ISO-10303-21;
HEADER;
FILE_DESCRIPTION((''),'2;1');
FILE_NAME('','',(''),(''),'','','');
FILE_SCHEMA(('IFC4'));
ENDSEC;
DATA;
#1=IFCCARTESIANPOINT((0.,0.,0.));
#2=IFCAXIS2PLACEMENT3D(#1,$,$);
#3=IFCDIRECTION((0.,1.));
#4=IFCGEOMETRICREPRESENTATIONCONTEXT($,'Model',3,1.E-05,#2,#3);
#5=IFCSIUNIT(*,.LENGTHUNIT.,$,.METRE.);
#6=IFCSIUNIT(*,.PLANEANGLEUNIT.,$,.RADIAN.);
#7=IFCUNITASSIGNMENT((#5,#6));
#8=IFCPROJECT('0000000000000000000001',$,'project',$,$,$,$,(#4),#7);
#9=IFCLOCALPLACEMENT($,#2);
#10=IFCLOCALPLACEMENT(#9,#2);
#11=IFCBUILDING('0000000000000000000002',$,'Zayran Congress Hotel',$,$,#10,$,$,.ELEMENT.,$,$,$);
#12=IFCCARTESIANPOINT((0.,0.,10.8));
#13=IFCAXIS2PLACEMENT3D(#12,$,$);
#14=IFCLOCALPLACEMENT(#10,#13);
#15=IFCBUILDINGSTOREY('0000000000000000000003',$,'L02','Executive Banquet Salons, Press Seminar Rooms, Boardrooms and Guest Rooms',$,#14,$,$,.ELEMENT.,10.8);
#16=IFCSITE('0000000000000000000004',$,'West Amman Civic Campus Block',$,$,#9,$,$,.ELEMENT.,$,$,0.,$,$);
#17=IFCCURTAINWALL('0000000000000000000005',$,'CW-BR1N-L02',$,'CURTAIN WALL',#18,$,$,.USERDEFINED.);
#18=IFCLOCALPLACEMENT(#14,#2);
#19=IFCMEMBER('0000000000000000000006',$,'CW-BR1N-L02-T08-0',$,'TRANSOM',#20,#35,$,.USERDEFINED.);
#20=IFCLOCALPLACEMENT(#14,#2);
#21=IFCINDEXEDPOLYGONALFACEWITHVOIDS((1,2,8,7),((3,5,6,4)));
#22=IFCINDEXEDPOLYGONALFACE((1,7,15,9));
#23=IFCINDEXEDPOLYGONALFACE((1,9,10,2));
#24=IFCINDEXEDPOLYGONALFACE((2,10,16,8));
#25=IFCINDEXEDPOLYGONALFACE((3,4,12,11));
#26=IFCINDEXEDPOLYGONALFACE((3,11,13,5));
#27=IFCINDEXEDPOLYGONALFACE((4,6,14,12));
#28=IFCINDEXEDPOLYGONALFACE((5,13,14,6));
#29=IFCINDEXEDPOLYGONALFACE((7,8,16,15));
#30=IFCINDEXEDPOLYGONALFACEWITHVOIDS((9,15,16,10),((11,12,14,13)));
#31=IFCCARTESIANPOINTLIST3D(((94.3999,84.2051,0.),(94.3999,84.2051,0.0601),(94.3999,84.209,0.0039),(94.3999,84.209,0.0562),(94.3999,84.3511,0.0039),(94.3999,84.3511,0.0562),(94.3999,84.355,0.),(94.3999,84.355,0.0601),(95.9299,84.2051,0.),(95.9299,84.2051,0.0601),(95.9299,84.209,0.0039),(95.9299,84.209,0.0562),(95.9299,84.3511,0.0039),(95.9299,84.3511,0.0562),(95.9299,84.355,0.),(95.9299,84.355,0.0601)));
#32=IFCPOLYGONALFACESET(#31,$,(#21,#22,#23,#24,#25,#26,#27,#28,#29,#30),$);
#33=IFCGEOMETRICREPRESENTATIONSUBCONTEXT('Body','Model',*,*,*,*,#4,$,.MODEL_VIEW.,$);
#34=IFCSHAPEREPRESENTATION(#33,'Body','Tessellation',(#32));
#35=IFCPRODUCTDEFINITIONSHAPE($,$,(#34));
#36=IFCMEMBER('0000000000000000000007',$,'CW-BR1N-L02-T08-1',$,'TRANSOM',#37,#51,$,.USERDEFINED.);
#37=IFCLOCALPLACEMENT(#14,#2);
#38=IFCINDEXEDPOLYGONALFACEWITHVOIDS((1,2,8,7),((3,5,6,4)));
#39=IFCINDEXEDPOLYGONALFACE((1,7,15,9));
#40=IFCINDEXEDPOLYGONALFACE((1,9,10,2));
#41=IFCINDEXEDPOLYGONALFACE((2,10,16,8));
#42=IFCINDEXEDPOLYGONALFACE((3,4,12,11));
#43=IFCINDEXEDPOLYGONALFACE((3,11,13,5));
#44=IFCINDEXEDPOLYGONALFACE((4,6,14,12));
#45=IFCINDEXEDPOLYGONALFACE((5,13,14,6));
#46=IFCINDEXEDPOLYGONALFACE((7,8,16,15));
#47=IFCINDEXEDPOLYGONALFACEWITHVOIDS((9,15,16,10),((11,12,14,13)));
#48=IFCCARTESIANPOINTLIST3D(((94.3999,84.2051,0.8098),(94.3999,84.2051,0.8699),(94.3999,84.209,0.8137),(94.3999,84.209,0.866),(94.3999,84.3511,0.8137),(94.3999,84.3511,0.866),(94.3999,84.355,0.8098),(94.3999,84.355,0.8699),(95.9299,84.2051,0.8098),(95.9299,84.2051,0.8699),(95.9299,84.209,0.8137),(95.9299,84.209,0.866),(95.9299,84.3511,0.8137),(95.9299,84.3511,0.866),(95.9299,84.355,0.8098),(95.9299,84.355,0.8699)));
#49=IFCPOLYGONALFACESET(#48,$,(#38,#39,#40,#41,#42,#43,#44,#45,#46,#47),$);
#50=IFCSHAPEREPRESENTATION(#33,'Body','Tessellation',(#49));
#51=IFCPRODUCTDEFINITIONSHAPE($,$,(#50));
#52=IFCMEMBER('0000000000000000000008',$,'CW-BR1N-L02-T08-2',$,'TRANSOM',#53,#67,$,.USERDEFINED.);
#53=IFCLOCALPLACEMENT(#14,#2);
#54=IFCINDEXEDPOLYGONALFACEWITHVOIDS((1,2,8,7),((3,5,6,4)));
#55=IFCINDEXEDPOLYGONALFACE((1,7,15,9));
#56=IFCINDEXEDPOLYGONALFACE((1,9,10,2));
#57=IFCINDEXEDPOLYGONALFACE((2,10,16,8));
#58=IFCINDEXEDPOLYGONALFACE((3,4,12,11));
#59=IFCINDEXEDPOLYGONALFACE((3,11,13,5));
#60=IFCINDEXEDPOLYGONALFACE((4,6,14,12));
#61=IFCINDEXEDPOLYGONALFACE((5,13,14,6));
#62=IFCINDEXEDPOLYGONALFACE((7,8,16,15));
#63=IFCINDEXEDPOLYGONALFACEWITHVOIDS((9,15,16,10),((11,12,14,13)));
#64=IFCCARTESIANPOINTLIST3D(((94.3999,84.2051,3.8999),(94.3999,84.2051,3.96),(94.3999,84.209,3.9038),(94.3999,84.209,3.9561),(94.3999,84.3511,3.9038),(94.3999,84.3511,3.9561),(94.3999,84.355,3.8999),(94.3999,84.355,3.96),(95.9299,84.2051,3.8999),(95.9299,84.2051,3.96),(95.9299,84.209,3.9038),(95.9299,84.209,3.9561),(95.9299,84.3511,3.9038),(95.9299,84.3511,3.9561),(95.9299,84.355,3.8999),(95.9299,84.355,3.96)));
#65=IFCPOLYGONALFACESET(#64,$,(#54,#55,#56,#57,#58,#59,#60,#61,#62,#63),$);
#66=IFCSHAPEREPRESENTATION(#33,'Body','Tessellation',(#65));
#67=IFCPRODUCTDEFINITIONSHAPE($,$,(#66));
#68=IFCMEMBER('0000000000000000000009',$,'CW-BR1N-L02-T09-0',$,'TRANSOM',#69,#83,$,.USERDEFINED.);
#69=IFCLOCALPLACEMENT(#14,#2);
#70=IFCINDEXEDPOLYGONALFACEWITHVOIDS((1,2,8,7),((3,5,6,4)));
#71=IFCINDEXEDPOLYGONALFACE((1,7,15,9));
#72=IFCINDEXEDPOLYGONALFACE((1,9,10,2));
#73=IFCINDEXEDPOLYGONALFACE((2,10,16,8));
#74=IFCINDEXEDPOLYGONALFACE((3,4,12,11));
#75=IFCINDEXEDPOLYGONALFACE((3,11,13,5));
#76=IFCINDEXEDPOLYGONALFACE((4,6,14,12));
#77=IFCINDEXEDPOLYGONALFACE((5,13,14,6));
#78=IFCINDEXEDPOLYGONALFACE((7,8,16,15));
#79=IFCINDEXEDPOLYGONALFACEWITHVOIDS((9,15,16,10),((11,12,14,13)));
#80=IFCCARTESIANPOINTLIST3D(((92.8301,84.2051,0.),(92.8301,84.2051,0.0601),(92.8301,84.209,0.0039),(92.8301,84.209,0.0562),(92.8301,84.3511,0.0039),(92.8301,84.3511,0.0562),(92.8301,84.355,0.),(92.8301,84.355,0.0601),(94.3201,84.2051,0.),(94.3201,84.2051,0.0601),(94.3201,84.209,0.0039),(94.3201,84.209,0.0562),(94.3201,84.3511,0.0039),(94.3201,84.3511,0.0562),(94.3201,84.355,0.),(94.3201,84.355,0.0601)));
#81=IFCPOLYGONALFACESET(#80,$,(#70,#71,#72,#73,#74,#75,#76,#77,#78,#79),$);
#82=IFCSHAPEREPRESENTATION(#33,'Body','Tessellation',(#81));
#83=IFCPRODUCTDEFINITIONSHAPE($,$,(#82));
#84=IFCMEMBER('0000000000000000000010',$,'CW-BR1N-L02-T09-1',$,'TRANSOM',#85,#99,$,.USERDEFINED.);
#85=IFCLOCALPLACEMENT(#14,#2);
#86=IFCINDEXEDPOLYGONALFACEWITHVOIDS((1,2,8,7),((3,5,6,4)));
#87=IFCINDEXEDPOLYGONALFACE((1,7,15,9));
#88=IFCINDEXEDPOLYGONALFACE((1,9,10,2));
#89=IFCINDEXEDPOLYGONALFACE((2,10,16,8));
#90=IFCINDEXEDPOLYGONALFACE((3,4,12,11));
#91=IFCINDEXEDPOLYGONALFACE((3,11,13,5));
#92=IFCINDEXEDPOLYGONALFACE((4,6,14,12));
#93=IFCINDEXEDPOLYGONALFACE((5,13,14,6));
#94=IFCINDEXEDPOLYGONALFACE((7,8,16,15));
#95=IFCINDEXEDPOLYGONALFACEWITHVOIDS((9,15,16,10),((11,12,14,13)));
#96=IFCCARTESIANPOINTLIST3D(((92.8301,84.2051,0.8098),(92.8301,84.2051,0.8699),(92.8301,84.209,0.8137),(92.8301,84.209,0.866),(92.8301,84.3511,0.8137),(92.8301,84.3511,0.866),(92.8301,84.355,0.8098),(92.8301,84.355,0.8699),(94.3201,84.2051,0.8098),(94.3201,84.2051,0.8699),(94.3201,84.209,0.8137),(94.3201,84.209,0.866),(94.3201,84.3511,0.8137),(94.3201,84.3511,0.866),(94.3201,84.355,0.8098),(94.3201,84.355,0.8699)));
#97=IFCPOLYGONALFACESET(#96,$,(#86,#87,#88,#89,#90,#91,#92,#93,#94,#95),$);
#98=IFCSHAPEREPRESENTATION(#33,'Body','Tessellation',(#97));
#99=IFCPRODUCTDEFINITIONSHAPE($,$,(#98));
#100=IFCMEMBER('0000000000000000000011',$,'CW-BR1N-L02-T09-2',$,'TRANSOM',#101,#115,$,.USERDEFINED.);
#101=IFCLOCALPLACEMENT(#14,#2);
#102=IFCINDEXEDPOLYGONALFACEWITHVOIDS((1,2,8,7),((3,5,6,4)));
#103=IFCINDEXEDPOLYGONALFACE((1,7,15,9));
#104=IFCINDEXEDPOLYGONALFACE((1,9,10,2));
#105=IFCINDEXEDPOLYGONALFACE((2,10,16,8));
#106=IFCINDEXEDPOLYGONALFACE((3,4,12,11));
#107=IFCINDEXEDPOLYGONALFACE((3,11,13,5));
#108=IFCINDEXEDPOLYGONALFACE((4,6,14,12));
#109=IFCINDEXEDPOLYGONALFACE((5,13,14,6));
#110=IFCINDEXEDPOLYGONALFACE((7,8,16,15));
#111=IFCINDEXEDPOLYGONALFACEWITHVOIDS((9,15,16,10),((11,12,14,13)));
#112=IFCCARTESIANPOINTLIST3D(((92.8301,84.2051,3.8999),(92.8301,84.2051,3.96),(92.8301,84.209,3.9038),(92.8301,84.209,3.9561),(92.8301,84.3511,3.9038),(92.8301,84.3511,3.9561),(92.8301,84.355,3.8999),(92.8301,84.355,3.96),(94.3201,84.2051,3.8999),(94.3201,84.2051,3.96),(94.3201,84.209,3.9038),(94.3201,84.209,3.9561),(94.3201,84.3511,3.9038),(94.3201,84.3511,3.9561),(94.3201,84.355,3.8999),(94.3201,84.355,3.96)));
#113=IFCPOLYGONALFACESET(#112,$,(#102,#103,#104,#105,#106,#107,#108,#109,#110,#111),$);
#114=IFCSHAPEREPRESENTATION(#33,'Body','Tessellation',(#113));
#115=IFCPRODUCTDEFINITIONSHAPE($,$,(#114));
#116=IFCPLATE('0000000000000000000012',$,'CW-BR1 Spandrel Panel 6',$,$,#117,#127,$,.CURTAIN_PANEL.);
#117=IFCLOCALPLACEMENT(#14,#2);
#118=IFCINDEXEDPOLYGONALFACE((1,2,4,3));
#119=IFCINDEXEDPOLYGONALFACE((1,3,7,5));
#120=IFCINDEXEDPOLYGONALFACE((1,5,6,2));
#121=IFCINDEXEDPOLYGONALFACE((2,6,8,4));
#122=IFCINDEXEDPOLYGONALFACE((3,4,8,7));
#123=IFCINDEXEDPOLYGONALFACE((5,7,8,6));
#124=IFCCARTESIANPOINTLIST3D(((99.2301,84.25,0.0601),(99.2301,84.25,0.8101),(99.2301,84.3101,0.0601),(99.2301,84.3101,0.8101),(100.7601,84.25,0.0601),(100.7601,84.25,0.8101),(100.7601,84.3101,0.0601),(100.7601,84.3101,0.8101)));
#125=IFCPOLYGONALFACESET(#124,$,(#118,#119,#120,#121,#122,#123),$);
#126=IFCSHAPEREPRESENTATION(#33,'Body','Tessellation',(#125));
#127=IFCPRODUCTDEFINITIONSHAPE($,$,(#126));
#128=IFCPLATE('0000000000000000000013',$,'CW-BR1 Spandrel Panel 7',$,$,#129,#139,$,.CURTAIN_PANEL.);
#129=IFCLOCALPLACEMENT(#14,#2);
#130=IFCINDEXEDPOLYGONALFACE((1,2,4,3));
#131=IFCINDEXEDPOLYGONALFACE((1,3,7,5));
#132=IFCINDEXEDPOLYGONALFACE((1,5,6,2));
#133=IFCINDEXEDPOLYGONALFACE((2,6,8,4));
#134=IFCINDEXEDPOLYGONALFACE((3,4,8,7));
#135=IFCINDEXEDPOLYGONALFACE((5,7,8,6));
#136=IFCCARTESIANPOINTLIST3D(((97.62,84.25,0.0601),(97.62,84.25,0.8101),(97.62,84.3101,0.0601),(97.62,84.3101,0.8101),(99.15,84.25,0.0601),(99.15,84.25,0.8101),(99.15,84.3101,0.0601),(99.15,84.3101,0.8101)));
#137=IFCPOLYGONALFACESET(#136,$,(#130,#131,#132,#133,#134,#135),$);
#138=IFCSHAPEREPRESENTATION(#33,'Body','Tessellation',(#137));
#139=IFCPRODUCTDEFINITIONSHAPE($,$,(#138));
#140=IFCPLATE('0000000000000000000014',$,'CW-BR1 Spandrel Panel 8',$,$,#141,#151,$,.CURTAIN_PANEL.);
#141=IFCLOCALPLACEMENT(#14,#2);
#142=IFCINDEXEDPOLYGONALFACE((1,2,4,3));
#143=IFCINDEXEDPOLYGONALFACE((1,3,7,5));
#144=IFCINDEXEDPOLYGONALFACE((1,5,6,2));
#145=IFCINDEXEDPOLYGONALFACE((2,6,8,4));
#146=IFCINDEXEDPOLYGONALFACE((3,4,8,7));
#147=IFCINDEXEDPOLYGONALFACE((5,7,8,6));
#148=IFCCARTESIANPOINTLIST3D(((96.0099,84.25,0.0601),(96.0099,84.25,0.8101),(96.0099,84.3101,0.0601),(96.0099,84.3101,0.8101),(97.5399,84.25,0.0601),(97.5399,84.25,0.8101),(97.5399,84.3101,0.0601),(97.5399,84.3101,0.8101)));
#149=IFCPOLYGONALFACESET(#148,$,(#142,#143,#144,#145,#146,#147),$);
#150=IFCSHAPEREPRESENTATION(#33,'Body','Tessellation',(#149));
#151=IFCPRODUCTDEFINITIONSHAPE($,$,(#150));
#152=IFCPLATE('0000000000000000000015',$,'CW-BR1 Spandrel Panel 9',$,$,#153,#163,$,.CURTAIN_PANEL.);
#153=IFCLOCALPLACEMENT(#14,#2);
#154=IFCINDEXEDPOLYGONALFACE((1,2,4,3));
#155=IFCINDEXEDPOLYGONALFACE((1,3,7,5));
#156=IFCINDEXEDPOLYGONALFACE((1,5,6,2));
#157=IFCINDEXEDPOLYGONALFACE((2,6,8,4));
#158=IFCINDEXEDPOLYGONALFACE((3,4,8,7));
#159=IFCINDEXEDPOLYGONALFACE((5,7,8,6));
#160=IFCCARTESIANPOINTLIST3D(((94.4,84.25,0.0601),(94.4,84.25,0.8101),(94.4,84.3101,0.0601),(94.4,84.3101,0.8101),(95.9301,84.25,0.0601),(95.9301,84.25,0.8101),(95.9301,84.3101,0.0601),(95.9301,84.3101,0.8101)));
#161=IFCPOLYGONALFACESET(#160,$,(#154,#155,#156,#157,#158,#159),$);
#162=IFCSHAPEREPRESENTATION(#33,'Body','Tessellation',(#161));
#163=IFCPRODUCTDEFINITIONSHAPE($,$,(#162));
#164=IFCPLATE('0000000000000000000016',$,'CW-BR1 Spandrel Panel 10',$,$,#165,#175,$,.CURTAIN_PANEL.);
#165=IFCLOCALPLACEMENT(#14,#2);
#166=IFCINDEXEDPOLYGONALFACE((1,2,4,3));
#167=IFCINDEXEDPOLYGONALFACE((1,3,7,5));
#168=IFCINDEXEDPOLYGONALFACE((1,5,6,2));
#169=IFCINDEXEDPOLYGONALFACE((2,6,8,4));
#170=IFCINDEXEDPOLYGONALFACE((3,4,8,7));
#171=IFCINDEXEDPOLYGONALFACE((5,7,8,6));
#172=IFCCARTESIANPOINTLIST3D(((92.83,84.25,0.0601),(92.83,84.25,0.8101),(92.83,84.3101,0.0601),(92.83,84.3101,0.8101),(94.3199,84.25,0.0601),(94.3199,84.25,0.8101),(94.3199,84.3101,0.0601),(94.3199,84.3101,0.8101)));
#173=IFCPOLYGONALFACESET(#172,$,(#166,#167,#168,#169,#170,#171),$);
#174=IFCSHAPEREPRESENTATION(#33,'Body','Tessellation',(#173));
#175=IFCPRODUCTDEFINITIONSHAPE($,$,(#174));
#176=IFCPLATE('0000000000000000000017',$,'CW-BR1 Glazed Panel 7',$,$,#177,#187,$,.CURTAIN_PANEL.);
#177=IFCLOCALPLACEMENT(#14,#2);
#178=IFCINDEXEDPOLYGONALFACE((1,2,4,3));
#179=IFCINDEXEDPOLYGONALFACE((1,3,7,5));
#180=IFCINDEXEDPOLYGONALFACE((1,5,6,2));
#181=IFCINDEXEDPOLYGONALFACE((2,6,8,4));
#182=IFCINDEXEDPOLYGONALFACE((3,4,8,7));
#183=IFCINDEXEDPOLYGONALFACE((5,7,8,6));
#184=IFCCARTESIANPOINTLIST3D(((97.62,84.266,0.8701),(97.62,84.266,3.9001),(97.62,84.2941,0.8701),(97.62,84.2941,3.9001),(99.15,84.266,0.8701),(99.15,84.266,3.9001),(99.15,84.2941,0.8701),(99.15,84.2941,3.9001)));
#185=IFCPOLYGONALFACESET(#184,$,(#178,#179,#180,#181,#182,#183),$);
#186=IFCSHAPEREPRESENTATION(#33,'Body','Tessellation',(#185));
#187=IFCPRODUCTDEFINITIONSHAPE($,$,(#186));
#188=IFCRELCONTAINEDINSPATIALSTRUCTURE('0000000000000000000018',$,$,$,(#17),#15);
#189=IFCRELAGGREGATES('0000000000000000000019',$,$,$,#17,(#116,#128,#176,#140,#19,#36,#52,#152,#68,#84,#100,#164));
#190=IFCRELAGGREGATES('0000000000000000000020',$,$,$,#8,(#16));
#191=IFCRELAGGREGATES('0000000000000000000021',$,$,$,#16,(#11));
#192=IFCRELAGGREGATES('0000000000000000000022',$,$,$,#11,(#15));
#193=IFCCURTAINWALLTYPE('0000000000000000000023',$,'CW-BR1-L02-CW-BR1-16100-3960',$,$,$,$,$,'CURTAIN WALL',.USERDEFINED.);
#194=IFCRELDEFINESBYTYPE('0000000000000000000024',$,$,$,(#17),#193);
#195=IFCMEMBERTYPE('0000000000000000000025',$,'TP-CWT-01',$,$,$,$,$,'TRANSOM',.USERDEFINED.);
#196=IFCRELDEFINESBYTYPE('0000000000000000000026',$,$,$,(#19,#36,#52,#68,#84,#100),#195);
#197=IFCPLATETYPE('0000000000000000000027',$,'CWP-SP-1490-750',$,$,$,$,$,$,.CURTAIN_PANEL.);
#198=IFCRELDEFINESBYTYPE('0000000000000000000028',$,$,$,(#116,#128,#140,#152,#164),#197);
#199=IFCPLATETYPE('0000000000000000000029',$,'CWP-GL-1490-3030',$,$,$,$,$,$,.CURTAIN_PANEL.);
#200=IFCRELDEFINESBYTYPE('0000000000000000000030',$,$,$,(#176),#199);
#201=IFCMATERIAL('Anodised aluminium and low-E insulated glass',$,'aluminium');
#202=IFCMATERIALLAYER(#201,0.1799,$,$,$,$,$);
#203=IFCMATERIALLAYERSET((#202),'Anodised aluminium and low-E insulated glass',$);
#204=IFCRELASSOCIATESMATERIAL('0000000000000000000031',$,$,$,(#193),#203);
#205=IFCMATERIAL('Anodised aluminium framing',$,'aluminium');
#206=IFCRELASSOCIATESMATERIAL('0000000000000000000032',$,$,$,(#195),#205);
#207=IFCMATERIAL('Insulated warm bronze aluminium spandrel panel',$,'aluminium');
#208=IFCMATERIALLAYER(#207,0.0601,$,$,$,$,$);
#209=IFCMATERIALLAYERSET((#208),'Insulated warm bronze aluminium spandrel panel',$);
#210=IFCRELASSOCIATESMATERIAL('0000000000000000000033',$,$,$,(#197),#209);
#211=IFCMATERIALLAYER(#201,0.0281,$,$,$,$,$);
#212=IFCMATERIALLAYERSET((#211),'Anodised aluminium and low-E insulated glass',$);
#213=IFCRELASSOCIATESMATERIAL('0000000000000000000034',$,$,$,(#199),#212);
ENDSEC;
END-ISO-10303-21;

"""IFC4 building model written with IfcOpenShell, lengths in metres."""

from ifc_helpers import new_model, si_unit, direction, frame, origin, origin_2d, place, context, subcontext, project, spatial, rectangle, hollow_rectangle, extrude, material, layer, layer_set, material_profile, profile_set, type_object, element, aggregate, save


model = new_model("IFC4")

# Units and contexts
model_context = context("Model", 3, precision=1e-05, world=origin(), true_north=direction((0.0, 1.0)))
body_context = subcontext(model_context, "Body", "Model", "MODEL_VIEW")
ifc_project = project(units=[si_unit("LENGTHUNIT", "METRE"), si_unit("PLANEANGLEUNIT", "RADIAN")], contexts=[model_context])

# Site, building, storey
site_placement = place(None, origin())
site = spatial("IfcSite", under=ifc_project, at=site_placement, Name="West Amman Civic Campus Block", CompositionType="ELEMENT", RefElevation=0.0)
building_placement = place(site_placement, origin())
building = spatial("IfcBuilding", under=site, at=building_placement, Name="Zayran Congress Hotel", CompositionType="ELEMENT")
storey_placement = place(building_placement, frame((0.0, 0.0, 10.8)))
storey = spatial("IfcBuildingStorey", under=building, at=storey_placement, Name="L02", Description="Executive Banquet Salons, Press Seminar Rooms, Boardrooms and Guest Rooms", CompositionType="ELEMENT", Elevation=10.8)

# Curtain wall, members, plates
ifc_material_1 = material(Name="Anodised aluminium and low-E insulated glass", Category="aluminium")
ifc_layer_1 = layer(ifc_material_1, 0.1799)
ifc_layer_set_1 = layer_set([ifc_layer_1], Name="Anodised aluminium and low-E insulated glass")
curtain_wall_type = type_object("IfcCurtainWallType", Name="CW-BR1-L02-CW-BR1-16100-3960", ElementType="CURTAIN WALL", PredefinedType="USERDEFINED", material=ifc_layer_set_1)
curtain_wall_placement = place(storey_placement, origin())
curtain_wall = element("IfcCurtainWall", 1, at=curtain_wall_placement, inside=storey, type_object=curtain_wall_type, Name="CW-BR1N-L02", ObjectType="CURTAIN WALL", PredefinedType="USERDEFINED")
ifc_material_2 = material(Name="Anodised aluminium framing", Category="aluminium")
ifc_material_profile_1 = material_profile(ifc_material_2, hollow_rectangle(XDim=0.0601, YDim=0.1499, WallThickness=0.0039, at=origin_2d()), Name="RHS 150x60x4")
ifc_profile_set_1 = profile_set([ifc_material_profile_1], Name="Anodised aluminium framing")
member_type_1 = type_object("IfcMemberType", Name="TP-CWT-01", ElementType="TRANSOM", PredefinedType="USERDEFINED", material=ifc_profile_set_1)
member_1_placement = place(storey_placement, frame((95.9299, 84.28, 0.03), z_axis=(-1.0, 0.0, 0.0), x_axis=(0.0, 0.0, 1.0)))
member_1 = element("IfcMember", 2, at=member_1_placement, type_object=member_type_1, Name="CW-BR1N-L02-T08-0", ObjectType="TRANSOM", PredefinedType="USERDEFINED", context=body_context, shape_type="SweptSolid", body=[
    extrude(hollow_rectangle(XDim=0.0601, YDim=0.1499, WallThickness=0.0039, at=origin_2d()), origin(), (0.0, 0.0, 1.0), 1.53),
])
member_2_placement = place(storey_placement, frame((95.9299, 84.28, 0.8398), z_axis=(-1.0, 0.0, 0.0), x_axis=(0.0, 0.0, 1.0)))
member_2 = element("IfcMember", 3, at=member_2_placement, type_object=member_type_1, Name="CW-BR1N-L02-T08-1", ObjectType="TRANSOM", PredefinedType="USERDEFINED", context=body_context, shape_type="SweptSolid", body=[
    extrude(hollow_rectangle(XDim=0.0601, YDim=0.1499, WallThickness=0.0039, at=origin_2d()), origin(), (0.0, 0.0, 1.0), 1.53),
])
member_3_placement = place(storey_placement, frame((95.9299, 84.28, 3.9299), z_axis=(-1.0, 0.0, 0.0), x_axis=(0.0, 0.0, 1.0)))
member_3 = element("IfcMember", 4, at=member_3_placement, type_object=member_type_1, Name="CW-BR1N-L02-T08-2", ObjectType="TRANSOM", PredefinedType="USERDEFINED", context=body_context, shape_type="SweptSolid", body=[
    extrude(hollow_rectangle(XDim=0.0601, YDim=0.1499, WallThickness=0.0039, at=origin_2d()), origin(), (0.0, 0.0, 1.0), 1.53),
])
member_4_placement = place(storey_placement, frame((94.3201, 84.28, 0.03), z_axis=(-1.0, 0.0, 0.0), x_axis=(0.0, 0.0, 1.0)))
member_4 = element("IfcMember", 5, at=member_4_placement, type_object=member_type_1, Name="CW-BR1N-L02-T09-0", ObjectType="TRANSOM", PredefinedType="USERDEFINED", context=body_context, shape_type="SweptSolid", body=[
    extrude(hollow_rectangle(XDim=0.0601, YDim=0.1499, WallThickness=0.0039, at=origin_2d()), origin(), (0.0, 0.0, 1.0), 1.49),
])
member_5_placement = place(storey_placement, frame((94.3201, 84.28, 0.8398), z_axis=(-1.0, 0.0, 0.0), x_axis=(0.0, 0.0, 1.0)))
member_5 = element("IfcMember", 6, at=member_5_placement, type_object=member_type_1, Name="CW-BR1N-L02-T09-1", ObjectType="TRANSOM", PredefinedType="USERDEFINED", context=body_context, shape_type="SweptSolid", body=[
    extrude(hollow_rectangle(XDim=0.0601, YDim=0.1499, WallThickness=0.0039, at=origin_2d()), origin(), (0.0, 0.0, 1.0), 1.49),
])
member_6_placement = place(storey_placement, frame((94.3201, 84.28, 3.9299), z_axis=(-1.0, 0.0, 0.0), x_axis=(0.0, 0.0, 1.0)))
member_6 = element("IfcMember", 7, at=member_6_placement, type_object=member_type_1, Name="CW-BR1N-L02-T09-2", ObjectType="TRANSOM", PredefinedType="USERDEFINED", context=body_context, shape_type="SweptSolid", body=[
    extrude(hollow_rectangle(XDim=0.0601, YDim=0.1499, WallThickness=0.0039, at=origin_2d()), origin(), (0.0, 0.0, 1.0), 1.49),
])
ifc_material_3 = material(Name="Insulated warm bronze aluminium spandrel panel", Category="aluminium")
ifc_layer_2 = layer(ifc_material_3, 0.0601)
ifc_layer_set_2 = layer_set([ifc_layer_2], Name="Insulated warm bronze aluminium spandrel panel")
plate_type_1 = type_object("IfcPlateType", Name="CWP-SP-1490-750", PredefinedType="CURTAIN_PANEL", material=ifc_layer_set_2)
plate_1_placement = place(storey_placement, frame((99.9951, 84.28, 0.0601), z_axis=(0.0, 0.0, 1.0), x_axis=(1.0, 0.0, 0.0)))
plate_1 = element("IfcPlate", 8, at=plate_1_placement, type_object=plate_type_1, Name="CW-BR1 Spandrel Panel 6", PredefinedType="CURTAIN_PANEL", context=body_context, shape_type="SweptSolid", body=[
    extrude(rectangle(XDim=1.53, YDim=0.0601, at=origin_2d()), origin(), (0.0, 0.0, 1.0), 0.75),
])
plate_2_placement = place(storey_placement, frame((98.385, 84.28, 0.0601), z_axis=(0.0, 0.0, 1.0), x_axis=(1.0, 0.0, 0.0)))
plate_2 = element("IfcPlate", 9, at=plate_2_placement, type_object=plate_type_1, Name="CW-BR1 Spandrel Panel 7", PredefinedType="CURTAIN_PANEL", context=body_context, shape_type="SweptSolid", body=[
    extrude(rectangle(XDim=1.53, YDim=0.0601, at=origin_2d()), origin(), (0.0, 0.0, 1.0), 0.75),
])
plate_3_placement = place(storey_placement, frame((96.7749, 84.28, 0.0601), z_axis=(0.0, 0.0, 1.0), x_axis=(1.0, 0.0, 0.0)))
plate_3 = element("IfcPlate", 10, at=plate_3_placement, type_object=plate_type_1, Name="CW-BR1 Spandrel Panel 8", PredefinedType="CURTAIN_PANEL", context=body_context, shape_type="SweptSolid", body=[
    extrude(rectangle(XDim=1.53, YDim=0.0601, at=origin_2d()), origin(), (0.0, 0.0, 1.0), 0.75),
])
plate_4_placement = place(storey_placement, frame((95.165, 84.28, 0.0601), z_axis=(0.0, 0.0, 1.0), x_axis=(1.0, 0.0, 0.0)))
plate_4 = element("IfcPlate", 11, at=plate_4_placement, type_object=plate_type_1, Name="CW-BR1 Spandrel Panel 9", PredefinedType="CURTAIN_PANEL", context=body_context, shape_type="SweptSolid", body=[
    extrude(rectangle(XDim=1.53, YDim=0.0601, at=origin_2d()), origin(), (0.0, 0.0, 1.0), 0.75),
])
plate_5_placement = place(storey_placement, frame((93.575, 84.28, 0.0601), z_axis=(0.0, 0.0, 1.0), x_axis=(1.0, 0.0, 0.0)))
plate_5 = element("IfcPlate", 12, at=plate_5_placement, type_object=plate_type_1, Name="CW-BR1 Spandrel Panel 10", PredefinedType="CURTAIN_PANEL", context=body_context, shape_type="SweptSolid", body=[
    extrude(rectangle(XDim=1.49, YDim=0.0601, at=origin_2d()), origin(), (0.0, 0.0, 1.0), 0.75),
])
ifc_layer_3 = layer(ifc_material_1, 0.0281)
ifc_layer_set_3 = layer_set([ifc_layer_3], Name="Anodised aluminium and low-E insulated glass")
plate_type_2 = type_object("IfcPlateType", Name="CWP-GL-1490-3030", PredefinedType="CURTAIN_PANEL", material=ifc_layer_set_3)
plate_6_placement = place(storey_placement, frame((98.385, 84.28, 0.8701), z_axis=(0.0, 0.0, 1.0), x_axis=(1.0, 0.0, 0.0)))
plate_6 = element("IfcPlate", 13, at=plate_6_placement, type_object=plate_type_2, Name="CW-BR1 Glazed Panel 7", PredefinedType="CURTAIN_PANEL", context=body_context, shape_type="SweptSolid", body=[
    extrude(rectangle(XDim=1.53, YDim=0.0281, at=origin_2d()), origin(), (0.0, 0.0, 1.0), 3.03),
])
aggregate(curtain_wall, [plate_1, plate_2, plate_6, plate_3, member_1, member_2, member_3, plate_4, member_4, member_5, member_6, plate_5])

save(model, "model.ifc")
